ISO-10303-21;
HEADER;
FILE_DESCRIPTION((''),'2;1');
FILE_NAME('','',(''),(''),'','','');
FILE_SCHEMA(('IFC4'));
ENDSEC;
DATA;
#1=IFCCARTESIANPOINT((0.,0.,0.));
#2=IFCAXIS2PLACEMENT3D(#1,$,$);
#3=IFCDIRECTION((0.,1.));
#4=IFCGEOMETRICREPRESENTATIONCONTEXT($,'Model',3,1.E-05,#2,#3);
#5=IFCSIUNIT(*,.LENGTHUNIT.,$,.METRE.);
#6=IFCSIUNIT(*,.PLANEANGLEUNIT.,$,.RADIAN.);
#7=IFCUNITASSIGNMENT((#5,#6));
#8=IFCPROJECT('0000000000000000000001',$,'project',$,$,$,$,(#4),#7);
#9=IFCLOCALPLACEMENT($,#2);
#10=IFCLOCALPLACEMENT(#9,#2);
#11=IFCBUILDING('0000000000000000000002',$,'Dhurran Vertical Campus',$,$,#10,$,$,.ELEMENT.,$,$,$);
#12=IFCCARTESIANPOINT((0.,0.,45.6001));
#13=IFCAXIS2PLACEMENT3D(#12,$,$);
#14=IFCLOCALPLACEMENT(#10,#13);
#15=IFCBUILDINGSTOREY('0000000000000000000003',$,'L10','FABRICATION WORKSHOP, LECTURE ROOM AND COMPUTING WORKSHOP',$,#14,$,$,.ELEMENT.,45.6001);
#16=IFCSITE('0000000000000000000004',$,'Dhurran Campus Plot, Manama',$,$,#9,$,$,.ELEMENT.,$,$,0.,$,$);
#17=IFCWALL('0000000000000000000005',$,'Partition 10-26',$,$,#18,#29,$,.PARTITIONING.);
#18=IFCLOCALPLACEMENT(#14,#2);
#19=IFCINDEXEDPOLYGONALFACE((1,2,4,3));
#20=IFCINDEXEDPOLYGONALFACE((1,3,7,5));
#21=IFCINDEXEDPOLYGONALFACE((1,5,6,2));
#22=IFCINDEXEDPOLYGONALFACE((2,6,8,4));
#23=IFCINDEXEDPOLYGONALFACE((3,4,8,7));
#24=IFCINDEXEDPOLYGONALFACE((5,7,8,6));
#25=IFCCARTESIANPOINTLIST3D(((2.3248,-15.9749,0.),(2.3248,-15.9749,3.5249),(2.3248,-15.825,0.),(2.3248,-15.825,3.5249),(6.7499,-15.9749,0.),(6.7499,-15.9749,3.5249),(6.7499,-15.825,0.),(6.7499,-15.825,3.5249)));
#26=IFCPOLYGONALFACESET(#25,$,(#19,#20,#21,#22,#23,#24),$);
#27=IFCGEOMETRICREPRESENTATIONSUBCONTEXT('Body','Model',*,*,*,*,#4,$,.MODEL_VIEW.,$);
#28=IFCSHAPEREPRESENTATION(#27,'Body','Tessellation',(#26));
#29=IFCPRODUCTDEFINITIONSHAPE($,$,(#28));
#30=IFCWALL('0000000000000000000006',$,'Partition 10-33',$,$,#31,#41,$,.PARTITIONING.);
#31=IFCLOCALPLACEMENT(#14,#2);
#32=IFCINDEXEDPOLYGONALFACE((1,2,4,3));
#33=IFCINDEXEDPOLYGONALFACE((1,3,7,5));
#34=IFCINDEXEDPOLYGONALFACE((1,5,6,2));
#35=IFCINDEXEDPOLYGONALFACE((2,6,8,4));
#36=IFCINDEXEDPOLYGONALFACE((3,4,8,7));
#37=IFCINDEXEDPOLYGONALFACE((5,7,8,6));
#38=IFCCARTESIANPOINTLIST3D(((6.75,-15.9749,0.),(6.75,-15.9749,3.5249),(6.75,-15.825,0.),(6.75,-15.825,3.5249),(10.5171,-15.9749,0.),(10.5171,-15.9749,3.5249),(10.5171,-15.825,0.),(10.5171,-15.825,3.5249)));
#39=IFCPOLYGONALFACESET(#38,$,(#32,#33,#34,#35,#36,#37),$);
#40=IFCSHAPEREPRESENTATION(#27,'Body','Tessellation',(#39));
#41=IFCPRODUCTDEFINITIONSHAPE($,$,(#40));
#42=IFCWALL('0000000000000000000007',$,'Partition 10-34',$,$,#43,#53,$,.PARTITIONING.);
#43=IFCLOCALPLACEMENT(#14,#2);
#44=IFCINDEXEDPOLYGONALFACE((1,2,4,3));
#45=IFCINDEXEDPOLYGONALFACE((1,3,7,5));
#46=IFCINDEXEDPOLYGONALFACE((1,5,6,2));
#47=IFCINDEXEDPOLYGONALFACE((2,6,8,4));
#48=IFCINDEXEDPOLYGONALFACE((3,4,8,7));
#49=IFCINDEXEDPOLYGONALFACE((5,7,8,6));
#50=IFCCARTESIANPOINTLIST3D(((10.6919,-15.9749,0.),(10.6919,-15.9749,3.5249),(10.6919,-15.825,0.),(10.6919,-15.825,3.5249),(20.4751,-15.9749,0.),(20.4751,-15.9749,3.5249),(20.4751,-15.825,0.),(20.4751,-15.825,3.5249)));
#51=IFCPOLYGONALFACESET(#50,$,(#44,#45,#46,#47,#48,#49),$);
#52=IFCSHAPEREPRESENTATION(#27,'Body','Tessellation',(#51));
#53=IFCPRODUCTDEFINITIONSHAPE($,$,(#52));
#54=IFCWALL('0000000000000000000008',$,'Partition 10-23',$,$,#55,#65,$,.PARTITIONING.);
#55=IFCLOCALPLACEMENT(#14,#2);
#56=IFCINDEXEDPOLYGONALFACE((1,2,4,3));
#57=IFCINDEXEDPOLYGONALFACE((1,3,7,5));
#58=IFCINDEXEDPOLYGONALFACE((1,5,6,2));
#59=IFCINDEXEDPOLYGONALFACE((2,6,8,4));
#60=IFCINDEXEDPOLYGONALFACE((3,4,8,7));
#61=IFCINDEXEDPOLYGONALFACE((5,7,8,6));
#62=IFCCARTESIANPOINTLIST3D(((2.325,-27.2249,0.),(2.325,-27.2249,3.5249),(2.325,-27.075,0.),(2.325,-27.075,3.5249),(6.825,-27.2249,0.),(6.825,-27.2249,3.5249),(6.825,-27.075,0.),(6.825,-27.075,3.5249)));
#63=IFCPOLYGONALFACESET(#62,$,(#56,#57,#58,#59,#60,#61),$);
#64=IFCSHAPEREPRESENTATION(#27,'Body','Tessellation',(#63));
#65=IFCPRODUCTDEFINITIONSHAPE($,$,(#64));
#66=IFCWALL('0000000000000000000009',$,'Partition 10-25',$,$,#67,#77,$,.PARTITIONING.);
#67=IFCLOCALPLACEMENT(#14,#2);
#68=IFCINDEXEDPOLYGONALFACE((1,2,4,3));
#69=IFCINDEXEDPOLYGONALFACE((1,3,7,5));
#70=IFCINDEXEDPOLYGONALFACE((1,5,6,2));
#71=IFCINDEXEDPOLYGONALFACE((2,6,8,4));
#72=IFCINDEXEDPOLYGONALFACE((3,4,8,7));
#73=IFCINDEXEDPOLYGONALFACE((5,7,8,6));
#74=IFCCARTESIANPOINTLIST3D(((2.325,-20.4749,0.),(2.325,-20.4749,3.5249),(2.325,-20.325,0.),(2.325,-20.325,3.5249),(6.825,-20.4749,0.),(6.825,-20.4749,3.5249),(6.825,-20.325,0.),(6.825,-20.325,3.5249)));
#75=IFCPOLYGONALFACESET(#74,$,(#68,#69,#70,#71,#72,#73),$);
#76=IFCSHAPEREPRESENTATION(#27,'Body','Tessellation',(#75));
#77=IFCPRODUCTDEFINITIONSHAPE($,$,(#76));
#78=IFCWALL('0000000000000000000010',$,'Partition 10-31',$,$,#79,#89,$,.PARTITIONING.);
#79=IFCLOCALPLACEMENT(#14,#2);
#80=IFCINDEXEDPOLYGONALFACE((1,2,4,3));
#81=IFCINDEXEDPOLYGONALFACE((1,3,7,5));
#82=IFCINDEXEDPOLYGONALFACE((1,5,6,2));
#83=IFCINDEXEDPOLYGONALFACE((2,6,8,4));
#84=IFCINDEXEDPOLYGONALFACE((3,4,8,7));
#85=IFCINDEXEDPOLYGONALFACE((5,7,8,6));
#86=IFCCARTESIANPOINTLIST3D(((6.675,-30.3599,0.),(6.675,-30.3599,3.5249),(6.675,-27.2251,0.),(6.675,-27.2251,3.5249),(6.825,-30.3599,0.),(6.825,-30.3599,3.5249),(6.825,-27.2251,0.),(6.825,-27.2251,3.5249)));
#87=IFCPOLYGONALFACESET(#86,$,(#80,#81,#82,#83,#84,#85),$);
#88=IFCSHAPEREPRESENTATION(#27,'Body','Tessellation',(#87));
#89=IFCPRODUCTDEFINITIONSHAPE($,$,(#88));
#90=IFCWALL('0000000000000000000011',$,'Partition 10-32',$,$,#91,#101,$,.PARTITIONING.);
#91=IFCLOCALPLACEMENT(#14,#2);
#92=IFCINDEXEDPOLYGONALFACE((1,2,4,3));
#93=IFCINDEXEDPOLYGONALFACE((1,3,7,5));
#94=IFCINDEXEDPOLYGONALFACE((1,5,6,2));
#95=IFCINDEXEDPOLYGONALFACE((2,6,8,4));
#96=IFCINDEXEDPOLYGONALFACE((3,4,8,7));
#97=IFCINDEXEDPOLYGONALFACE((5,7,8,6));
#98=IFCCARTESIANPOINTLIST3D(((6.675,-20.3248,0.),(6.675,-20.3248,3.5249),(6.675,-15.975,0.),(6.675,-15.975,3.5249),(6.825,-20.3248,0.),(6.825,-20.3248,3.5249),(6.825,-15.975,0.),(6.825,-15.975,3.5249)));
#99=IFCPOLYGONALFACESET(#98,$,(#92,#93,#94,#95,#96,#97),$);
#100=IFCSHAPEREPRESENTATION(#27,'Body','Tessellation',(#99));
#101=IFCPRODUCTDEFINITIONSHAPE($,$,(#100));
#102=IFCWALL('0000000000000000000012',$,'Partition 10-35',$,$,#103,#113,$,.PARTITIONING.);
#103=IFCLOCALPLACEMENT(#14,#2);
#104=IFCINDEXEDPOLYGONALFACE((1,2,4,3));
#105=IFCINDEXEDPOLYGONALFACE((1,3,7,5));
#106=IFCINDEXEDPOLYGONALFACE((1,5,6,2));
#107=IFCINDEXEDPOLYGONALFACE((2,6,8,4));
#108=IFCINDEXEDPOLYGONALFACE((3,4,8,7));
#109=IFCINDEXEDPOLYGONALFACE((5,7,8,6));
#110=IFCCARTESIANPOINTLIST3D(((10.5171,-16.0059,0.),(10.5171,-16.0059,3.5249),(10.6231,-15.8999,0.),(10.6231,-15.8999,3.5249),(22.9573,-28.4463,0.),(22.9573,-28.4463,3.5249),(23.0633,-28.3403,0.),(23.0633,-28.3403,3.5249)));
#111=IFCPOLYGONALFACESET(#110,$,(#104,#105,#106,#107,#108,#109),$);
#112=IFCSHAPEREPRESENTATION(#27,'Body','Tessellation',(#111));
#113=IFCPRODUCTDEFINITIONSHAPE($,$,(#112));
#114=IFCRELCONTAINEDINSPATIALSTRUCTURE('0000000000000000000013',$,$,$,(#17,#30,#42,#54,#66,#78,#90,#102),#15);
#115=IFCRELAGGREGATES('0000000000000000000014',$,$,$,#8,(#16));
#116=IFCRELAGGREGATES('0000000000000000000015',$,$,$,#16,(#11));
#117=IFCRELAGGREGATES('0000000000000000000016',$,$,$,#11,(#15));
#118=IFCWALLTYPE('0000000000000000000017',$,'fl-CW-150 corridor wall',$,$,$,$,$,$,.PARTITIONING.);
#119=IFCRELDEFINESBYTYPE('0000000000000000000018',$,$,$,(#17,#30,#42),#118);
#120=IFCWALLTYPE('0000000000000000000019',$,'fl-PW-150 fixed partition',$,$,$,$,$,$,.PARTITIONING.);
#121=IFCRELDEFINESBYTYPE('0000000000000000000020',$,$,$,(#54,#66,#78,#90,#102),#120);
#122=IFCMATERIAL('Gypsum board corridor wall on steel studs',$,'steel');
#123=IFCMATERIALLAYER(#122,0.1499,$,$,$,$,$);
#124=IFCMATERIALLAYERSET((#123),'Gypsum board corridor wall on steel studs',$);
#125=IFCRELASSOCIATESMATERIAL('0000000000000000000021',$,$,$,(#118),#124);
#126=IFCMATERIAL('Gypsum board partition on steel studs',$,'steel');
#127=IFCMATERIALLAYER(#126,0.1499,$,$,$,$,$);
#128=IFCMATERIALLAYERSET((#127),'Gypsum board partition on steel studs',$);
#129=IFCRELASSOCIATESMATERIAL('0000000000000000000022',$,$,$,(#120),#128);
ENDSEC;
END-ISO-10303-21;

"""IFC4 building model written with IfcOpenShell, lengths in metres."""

from ifc_helpers import new_model, si_unit, direction, frame, frame_2d, origin, place, context, subcontext, project, spatial, rectangle, extrude, material, layer, layer_set, type_object, element, save


model = new_model("IFC4")

# Units and contexts
model_context = context("Model", 3, precision=1e-05, world=origin(), true_north=direction((0.0, 1.0)))
body_context = subcontext(model_context, "Body", "Model", "MODEL_VIEW")
ifc_project = project(units=[si_unit("LENGTHUNIT", "METRE"), si_unit("PLANEANGLEUNIT", "RADIAN")], contexts=[model_context])

# Site, building, storey
site_placement = place(None, origin())
site = spatial("IfcSite", under=ifc_project, at=site_placement, Name="Dhurran Campus Plot, Manama", CompositionType="ELEMENT", RefElevation=0.0)
building_placement = place(site_placement, origin())
building = spatial("IfcBuilding", under=site, at=building_placement, Name="Dhurran Vertical Campus", CompositionType="ELEMENT")
storey_placement = place(building_placement, frame((0.0, 0.0, 45.6001)))
storey = spatial("IfcBuildingStorey", under=building, at=storey_placement, Name="L10", Description="FABRICATION WORKSHOP, LECTURE ROOM AND COMPUTING WORKSHOP", CompositionType="ELEMENT", Elevation=45.6001)

# Shared definitions
ifc_material_1 = material(Name="Gypsum board corridor wall on steel studs", Category="steel")
ifc_layer_1 = layer(ifc_material_1, 0.1499)
ifc_layer_set_1 = layer_set([ifc_layer_1], Name="Gypsum board corridor wall on steel studs")
wall_type_1 = type_object("IfcWallType", Name="fl-CW-150 corridor wall", PredefinedType="PARTITIONING", material=ifc_layer_set_1)

# Walls
wall_1_placement = place(storey_placement, frame((2.325, -15.8999, 0.0), z_axis=(0.0, 0.0, 1.0), x_axis=(1.0, 0.0, 0.0)))
element("IfcWall", 1, at=wall_1_placement, inside=storey, type_object=wall_type_1, Name="Partition 10-26", PredefinedType="PARTITIONING", context=body_context, shape_type="SweptSolid", body=[
    extrude(rectangle(XDim=4.425, YDim=0.1499, at=frame_2d((2.2124, 0.0))), origin(), (0.0, 0.0, 1.0), 3.5249),
])
wall_2_placement = place(storey_placement, frame((6.75, -15.8999, 0.0), z_axis=(0.0, 0.0, 1.0), x_axis=(1.0, 0.0, 0.0)))
element("IfcWall", 2, at=wall_2_placement, inside=storey, type_object=wall_type_1, Name="Partition 10-33", PredefinedType="PARTITIONING", context=body_context, shape_type="SweptSolid", body=[
    extrude(rectangle(XDim=3.7671, YDim=0.1499, at=frame_2d((1.8835, 0.0))), origin(), (0.0, 0.0, 1.0), 3.5249),
])
wall_3_placement = place(storey_placement, frame((10.6919, -15.8999, 0.0), z_axis=(0.0, 0.0, 1.0), x_axis=(1.0, 0.0, 0.0)))
element("IfcWall", 3, at=wall_3_placement, inside=storey, type_object=wall_type_1, Name="Partition 10-34", PredefinedType="PARTITIONING", context=body_context, shape_type="SweptSolid", body=[
    extrude(rectangle(XDim=9.7832, YDim=0.1499, at=frame_2d((4.8916, 0.0))), origin(), (0.0, 0.0, 1.0), 3.5249),
])
ifc_material_2 = material(Name="Gypsum board partition on steel studs", Category="steel")
ifc_layer_2 = layer(ifc_material_2, 0.1499)
ifc_layer_set_2 = layer_set([ifc_layer_2], Name="Gypsum board partition on steel studs")
wall_type_2 = type_object("IfcWallType", Name="fl-PW-150 fixed partition", PredefinedType="PARTITIONING", material=ifc_layer_set_2)
for number, where, z_axis, x_axis, name in (
    (4, (2.325, -27.1499, 0.0), (0.0, 0.0, 1.0), (1.0, 0.0, 0.0), "Partition 10-23"),
    (5, (6.825, -20.3999, 0.0), (0.0, 0.0, 1.0), (-1.0, 0.0, 0.0), "Partition 10-25"),
):
    element("IfcWall", number, at=place(storey_placement, frame(where, z_axis=z_axis, x_axis=x_axis)), inside=storey, type_object=wall_type_2, Name=name, PredefinedType="PARTITIONING", context=body_context, shape_type="SweptSolid", body=[
        extrude(rectangle(XDim=4.5, YDim=0.1499, at=frame_2d((2.25, 0.0))), origin(), (0.0, 0.0, 1.0), 3.5249),
    ])
wall_4_placement = place(storey_placement, frame((6.75, -27.2251, 0.0), z_axis=(0.0, 0.0, 1.0), x_axis=(0.0, -1.0, 0.0)))
element("IfcWall", 6, at=wall_4_placement, inside=storey, type_object=wall_type_2, Name="Partition 10-31", PredefinedType="PARTITIONING", context=body_context, shape_type="SweptSolid", body=[
    extrude(rectangle(XDim=3.1348, YDim=0.1499, at=frame_2d((1.5674, 0.0))), origin(), (0.0, 0.0, 1.0), 3.5249),
])
wall_5_placement = place(storey_placement, frame((6.75, -15.9751, 0.0), z_axis=(0.0, 0.0, 1.0), x_axis=(0.0, -1.0, 0.0)))
element("IfcWall", 7, at=wall_5_placement, inside=storey, type_object=wall_type_2, Name="Partition 10-32", PredefinedType="PARTITIONING", context=body_context, shape_type="SweptSolid", body=[
    extrude(rectangle(XDim=4.3499, YDim=0.1499, at=frame_2d((2.1748, 0.0))), origin(), (0.0, 0.0, 1.0), 3.5249),
])
wall_6_placement = place(storey_placement, frame((10.5701, -15.9529, 0.0), z_axis=(0.0, 0.0, 1.0), x_axis=(0.7071, -0.707114, 0.0)))
element("IfcWall", 8, at=wall_6_placement, inside=storey, type_object=wall_type_2, Name="Partition 10-35", PredefinedType="PARTITIONING", context=body_context, shape_type="SweptSolid", body=[
    extrude(rectangle(XDim=17.5933, YDim=0.1499, at=frame_2d((8.7966, 0.0))), origin(), (0.0, 0.0, 1.0), 3.5249),
])

save(model, "model.ifc")
